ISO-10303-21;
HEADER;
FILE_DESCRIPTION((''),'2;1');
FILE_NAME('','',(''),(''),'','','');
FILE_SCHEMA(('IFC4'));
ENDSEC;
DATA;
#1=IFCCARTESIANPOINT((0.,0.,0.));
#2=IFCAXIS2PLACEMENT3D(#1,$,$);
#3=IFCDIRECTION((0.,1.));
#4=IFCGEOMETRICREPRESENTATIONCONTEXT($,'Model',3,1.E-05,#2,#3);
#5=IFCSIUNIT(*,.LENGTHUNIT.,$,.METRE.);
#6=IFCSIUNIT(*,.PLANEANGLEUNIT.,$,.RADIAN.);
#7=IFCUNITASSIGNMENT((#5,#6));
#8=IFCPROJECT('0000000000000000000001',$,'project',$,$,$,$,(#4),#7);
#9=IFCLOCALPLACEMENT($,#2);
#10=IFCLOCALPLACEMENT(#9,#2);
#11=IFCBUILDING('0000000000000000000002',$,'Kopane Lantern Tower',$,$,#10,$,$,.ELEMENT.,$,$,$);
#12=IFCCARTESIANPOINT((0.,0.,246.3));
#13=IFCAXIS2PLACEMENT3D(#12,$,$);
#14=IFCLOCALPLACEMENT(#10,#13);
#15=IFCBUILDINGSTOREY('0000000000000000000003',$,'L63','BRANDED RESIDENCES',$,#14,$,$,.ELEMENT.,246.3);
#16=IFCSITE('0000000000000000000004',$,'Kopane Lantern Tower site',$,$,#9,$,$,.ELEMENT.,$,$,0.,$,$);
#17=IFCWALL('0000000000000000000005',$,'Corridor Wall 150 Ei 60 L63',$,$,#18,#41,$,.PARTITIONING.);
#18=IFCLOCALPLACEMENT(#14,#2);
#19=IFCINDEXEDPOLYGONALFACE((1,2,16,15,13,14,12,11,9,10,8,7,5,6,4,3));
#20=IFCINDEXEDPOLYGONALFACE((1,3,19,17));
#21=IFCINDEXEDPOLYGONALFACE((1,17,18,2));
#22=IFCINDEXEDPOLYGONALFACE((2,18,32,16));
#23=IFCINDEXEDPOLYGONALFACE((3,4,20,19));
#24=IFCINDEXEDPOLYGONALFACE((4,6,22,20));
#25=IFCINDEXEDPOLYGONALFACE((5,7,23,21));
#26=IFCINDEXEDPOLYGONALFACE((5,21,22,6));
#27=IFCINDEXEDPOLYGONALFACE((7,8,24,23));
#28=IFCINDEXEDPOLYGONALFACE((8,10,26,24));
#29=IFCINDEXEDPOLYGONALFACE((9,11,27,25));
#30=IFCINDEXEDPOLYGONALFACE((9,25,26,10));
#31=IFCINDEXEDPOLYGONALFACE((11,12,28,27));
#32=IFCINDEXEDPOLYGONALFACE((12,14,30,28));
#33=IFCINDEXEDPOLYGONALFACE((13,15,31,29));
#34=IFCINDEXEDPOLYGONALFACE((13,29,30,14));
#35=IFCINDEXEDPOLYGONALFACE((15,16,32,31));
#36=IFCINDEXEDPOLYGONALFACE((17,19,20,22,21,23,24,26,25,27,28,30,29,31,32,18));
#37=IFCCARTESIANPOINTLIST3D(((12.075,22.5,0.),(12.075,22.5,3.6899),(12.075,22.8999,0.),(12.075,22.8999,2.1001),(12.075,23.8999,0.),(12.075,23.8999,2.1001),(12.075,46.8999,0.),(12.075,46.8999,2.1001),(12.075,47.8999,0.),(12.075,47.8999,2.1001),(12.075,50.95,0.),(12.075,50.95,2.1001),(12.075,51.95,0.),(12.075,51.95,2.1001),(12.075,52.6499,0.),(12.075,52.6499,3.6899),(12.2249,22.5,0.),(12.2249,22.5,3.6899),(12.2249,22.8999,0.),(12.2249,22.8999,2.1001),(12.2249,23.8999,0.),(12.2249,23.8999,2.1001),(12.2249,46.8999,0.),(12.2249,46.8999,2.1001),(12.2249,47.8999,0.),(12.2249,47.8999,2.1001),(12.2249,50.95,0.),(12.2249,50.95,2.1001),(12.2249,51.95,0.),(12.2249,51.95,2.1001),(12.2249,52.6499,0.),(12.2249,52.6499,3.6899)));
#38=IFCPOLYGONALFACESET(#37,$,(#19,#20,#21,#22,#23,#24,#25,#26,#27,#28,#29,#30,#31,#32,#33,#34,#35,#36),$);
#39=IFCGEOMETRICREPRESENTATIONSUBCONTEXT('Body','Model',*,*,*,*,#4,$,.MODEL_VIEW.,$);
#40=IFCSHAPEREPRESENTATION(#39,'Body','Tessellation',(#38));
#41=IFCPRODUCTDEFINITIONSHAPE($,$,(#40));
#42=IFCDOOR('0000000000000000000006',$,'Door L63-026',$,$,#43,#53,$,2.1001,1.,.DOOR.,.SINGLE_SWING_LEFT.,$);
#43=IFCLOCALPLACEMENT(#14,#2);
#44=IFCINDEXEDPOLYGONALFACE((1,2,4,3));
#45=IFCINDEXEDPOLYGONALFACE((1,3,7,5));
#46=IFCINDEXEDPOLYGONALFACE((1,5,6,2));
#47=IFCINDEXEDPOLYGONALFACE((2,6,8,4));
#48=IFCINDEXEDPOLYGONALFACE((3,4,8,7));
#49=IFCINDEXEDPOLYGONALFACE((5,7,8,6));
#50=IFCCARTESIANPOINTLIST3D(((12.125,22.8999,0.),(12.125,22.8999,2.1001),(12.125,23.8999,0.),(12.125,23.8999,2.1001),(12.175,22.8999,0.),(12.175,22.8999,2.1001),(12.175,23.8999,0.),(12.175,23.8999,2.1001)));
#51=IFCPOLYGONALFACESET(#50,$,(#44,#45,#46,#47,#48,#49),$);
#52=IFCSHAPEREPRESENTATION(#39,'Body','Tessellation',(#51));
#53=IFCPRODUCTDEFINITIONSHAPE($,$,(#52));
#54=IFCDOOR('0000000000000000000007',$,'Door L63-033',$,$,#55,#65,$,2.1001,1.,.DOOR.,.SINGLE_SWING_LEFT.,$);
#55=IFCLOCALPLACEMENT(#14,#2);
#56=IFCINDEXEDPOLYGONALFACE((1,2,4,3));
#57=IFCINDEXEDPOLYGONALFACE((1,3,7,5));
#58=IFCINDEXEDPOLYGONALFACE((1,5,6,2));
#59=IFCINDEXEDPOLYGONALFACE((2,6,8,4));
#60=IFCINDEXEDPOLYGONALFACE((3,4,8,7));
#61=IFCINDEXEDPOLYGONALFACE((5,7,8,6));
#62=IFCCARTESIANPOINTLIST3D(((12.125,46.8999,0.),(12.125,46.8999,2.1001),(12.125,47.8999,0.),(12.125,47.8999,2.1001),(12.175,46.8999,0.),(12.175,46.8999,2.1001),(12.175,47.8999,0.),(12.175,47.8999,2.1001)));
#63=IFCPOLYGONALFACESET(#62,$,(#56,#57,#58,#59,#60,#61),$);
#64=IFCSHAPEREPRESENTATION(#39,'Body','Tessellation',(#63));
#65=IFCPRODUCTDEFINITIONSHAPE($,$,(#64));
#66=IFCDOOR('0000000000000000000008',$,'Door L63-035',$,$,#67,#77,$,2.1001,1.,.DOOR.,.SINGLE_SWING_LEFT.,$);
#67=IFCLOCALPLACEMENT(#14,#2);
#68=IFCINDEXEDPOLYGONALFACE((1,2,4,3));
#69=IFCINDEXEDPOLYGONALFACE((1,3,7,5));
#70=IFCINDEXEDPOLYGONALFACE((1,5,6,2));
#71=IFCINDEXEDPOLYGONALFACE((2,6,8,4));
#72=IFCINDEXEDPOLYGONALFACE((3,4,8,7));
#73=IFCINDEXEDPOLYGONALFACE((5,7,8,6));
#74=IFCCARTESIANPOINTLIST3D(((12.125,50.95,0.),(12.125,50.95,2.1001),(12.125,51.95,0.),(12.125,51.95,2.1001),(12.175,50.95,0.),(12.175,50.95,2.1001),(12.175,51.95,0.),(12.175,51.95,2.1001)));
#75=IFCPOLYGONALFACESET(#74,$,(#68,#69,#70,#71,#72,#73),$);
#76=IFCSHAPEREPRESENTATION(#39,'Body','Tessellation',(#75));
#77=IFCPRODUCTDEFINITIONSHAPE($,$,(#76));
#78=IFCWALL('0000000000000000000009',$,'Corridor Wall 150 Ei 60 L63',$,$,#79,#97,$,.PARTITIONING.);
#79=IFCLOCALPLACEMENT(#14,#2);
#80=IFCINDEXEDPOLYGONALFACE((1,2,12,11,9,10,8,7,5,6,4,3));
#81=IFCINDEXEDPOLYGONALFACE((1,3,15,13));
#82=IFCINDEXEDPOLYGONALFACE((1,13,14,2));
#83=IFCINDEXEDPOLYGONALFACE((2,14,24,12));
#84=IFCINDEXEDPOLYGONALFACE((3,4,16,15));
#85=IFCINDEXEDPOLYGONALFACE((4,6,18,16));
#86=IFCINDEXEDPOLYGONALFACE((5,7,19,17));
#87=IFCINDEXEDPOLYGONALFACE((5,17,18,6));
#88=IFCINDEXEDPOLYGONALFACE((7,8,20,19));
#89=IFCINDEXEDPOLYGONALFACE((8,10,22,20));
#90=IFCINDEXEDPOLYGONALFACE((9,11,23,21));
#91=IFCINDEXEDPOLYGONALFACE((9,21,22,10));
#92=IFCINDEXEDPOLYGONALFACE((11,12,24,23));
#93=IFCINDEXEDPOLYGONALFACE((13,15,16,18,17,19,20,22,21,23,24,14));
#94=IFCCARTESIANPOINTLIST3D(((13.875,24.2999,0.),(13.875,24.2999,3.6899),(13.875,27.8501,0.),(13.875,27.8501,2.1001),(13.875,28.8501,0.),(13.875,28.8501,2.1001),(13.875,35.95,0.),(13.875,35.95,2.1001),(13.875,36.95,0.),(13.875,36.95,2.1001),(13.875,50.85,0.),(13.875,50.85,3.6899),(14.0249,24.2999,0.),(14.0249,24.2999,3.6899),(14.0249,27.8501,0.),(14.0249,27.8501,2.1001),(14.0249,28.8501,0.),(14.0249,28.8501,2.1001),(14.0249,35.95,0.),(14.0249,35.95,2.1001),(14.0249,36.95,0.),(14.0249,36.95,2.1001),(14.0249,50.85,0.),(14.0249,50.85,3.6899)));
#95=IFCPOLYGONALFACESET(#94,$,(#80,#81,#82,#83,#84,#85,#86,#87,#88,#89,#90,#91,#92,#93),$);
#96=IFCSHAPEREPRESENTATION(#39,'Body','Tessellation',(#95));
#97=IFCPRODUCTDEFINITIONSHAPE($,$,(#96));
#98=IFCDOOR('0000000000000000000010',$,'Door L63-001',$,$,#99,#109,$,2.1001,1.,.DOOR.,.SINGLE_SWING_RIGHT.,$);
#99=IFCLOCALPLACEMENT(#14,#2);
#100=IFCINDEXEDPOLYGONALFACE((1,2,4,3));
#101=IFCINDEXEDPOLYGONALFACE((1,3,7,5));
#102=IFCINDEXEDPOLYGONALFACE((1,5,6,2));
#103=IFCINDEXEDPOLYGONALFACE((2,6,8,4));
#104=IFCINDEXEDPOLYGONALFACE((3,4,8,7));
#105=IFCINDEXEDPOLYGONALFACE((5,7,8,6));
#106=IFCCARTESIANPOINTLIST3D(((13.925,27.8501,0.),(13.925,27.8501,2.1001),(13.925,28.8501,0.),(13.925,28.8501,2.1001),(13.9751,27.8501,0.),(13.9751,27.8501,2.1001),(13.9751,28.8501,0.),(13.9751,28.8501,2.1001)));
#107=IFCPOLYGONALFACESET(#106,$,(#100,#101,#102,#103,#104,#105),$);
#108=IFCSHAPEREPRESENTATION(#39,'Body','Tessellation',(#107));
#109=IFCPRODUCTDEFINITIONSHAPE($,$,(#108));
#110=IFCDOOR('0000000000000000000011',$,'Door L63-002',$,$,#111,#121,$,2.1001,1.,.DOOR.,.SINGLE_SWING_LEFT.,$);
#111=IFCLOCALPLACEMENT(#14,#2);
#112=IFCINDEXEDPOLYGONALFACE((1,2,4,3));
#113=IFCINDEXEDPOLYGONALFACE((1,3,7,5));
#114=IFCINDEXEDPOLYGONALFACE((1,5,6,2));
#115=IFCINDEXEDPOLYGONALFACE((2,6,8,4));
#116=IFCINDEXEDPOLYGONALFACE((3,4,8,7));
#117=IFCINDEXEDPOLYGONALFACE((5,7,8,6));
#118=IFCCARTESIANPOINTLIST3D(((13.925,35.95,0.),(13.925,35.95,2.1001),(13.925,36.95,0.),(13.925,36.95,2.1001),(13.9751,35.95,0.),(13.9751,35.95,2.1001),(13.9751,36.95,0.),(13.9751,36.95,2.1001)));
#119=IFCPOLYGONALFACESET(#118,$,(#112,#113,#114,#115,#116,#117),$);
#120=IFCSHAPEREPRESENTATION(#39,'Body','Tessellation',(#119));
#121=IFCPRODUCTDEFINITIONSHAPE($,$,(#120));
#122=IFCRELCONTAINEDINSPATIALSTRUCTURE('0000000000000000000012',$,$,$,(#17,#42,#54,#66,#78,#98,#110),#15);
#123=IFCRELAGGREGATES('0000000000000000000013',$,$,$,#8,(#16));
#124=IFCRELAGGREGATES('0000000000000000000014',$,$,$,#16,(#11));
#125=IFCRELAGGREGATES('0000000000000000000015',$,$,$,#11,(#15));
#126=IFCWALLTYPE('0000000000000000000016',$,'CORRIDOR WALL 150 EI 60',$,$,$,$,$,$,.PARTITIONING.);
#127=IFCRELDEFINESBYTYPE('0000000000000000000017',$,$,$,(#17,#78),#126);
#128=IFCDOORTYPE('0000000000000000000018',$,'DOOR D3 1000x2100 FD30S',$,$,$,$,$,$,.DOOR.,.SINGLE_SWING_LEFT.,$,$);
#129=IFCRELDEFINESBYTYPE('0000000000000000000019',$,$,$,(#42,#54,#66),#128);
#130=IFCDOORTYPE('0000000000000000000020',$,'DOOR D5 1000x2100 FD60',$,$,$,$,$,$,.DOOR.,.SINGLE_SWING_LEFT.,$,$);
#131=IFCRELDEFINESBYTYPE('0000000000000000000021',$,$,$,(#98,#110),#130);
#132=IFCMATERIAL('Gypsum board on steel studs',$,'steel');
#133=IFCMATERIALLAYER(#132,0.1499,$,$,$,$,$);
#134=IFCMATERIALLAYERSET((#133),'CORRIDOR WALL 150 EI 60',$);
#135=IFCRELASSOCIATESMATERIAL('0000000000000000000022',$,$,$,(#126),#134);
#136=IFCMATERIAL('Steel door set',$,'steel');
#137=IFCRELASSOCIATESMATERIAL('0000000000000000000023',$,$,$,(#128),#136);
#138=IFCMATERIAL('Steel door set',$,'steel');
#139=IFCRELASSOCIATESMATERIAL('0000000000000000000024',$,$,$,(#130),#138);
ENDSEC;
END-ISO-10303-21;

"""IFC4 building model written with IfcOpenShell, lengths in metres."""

from ifc_helpers import new_model, si_unit, direction, frame, frame_2d, origin, place, context, subcontext, project, spatial, rectangle, extrude, material, layer, layer_set, type_object, element, fill, save


model = new_model("IFC4")

# Units and contexts
model_context = context("Model", 3, precision=1e-05, world=origin(), true_north=direction((0.0, 1.0)))
body_context = subcontext(model_context, "Body", "Model", "MODEL_VIEW")
ifc_project = project(units=[si_unit("LENGTHUNIT", "METRE"), si_unit("PLANEANGLEUNIT", "RADIAN")], contexts=[model_context])

# Site, building, storey
site_placement = place(None, origin())
site = spatial("IfcSite", under=ifc_project, at=site_placement, Name="Kopane Lantern Tower site", CompositionType="ELEMENT", RefElevation=0.0)
building_placement = place(site_placement, origin())
building = spatial("IfcBuilding", under=site, at=building_placement, Name="Kopane Lantern Tower", CompositionType="ELEMENT")
storey_placement = place(building_placement, frame((0.0, 0.0, 246.3)))
storey = spatial("IfcBuildingStorey", under=building, at=storey_placement, Name="L63", Description="BRANDED RESIDENCES", CompositionType="ELEMENT", Elevation=246.3)

# Walls, openings, doors
ifc_material_1 = material(Name="Gypsum board on steel studs", Category="steel")
ifc_layer_1 = layer(ifc_material_1, 0.1499)
ifc_layer_set_1 = layer_set([ifc_layer_1], Name="CORRIDOR WALL 150 EI 60")
wall_type_1 = type_object("IfcWallType", Name="CORRIDOR WALL 150 EI 60", PredefinedType="PARTITIONING", material=ifc_layer_set_1)
ifc_material_2 = material(Name="Steel door set", Category="steel")
door_type_1 = type_object("IfcDoorType", Name="DOOR D3 1000x2100 FD30S", OperationType="SINGLE_SWING_LEFT", PredefinedType="DOOR", material=ifc_material_2)
wall_1_placement = place(storey_placement, frame((12.1499, 22.5, 0.0), z_axis=(0.0, 0.0, 1.0), x_axis=(0.0, 1.0, 0.0)))
wall_1 = element("IfcWall", 1, at=wall_1_placement, inside=storey, type_object=wall_type_1, Name="Corridor Wall 150 Ei 60 L63", PredefinedType="PARTITIONING", context=body_context, shape_type="SweptSolid", body=[
    extrude(rectangle(XDim=30.1499, YDim=0.1499, at=frame_2d((15.075, 0.0))), origin(), (0.0, 0.0, 1.0), 3.6899),
])
opening_1_placement = place(wall_1_placement, frame((0.3999, 0.0, 0.0)))
opening_1 = element("IfcOpeningElement", 2, at=opening_1_placement, cuts=wall_1, PredefinedType="OPENING", context=body_context, shape_type="SweptSolid", body=[
    extrude(rectangle(XDim=1.0, YDim=2.1001, at=frame_2d((0.5, 1.05))), frame((0.0, 0.085, 0.0), z_axis=(0.0, -1.0, 0.0), x_axis=(1.0, 0.0, 0.0)), (0.0, 0.0, 1.0), 0.1699),
])
opening_2_placement = place(wall_1_placement, frame((24.3999, 0.0, 0.0)))
opening_2 = element("IfcOpeningElement", 3, at=opening_2_placement, cuts=wall_1, PredefinedType="OPENING", context=body_context, shape_type="SweptSolid", body=[
    extrude(rectangle(XDim=1.0, YDim=2.1001, at=frame_2d((0.5, 1.05))), frame((0.0, 0.085, 0.0), z_axis=(0.0, -1.0, 0.0), x_axis=(1.0, 0.0, 0.0)), (0.0, 0.0, 1.0), 0.1699),
])
opening_3_placement = place(wall_1_placement, frame((28.45, 0.0, 0.0)))
opening_3 = element("IfcOpeningElement", 4, at=opening_3_placement, cuts=wall_1, PredefinedType="OPENING", context=body_context, shape_type="SweptSolid", body=[
    extrude(rectangle(XDim=1.0, YDim=2.1001, at=frame_2d((0.5, 1.05))), frame((0.0, 0.085, 0.0), z_axis=(0.0, -1.0, 0.0), x_axis=(1.0, 0.0, 0.0)), (0.0, 0.0, 1.0), 0.1699),
])
door_1_placement = place(opening_1_placement, origin())
door_1 = element("IfcDoor", 5, at=door_1_placement, inside=storey, type_object=door_type_1, Name="Door L63-026", OperationType="SINGLE_SWING_LEFT", OverallHeight=2.1001, OverallWidth=1.0, PredefinedType="DOOR", context=body_context, shape_type="SweptSolid", body=[
    extrude(rectangle(XDim=1.0, YDim=2.1001, at=frame_2d((0.5, 1.05))), frame((0.0, 0.0249, 0.0), z_axis=(0.0, -1.0, 0.0), x_axis=(1.0, 0.0, 0.0)), (0.0, 0.0, 1.0), 0.05),
])
fill(opening_1, door_1)
door_2_placement = place(opening_2_placement, origin())
door_2 = element("IfcDoor", 6, at=door_2_placement, inside=storey, type_object=door_type_1, Name="Door L63-033", OperationType="SINGLE_SWING_LEFT", OverallHeight=2.1001, OverallWidth=1.0, PredefinedType="DOOR", context=body_context, shape_type="SweptSolid", body=[
    extrude(rectangle(XDim=1.0, YDim=2.1001, at=frame_2d((0.5, 1.05))), frame((0.0, 0.0249, 0.0), z_axis=(0.0, -1.0, 0.0), x_axis=(1.0, 0.0, 0.0)), (0.0, 0.0, 1.0), 0.05),
])
fill(opening_2, door_2)
door_3_placement = place(opening_3_placement, origin())
door_3 = element("IfcDoor", 7, at=door_3_placement, inside=storey, type_object=door_type_1, Name="Door L63-035", OperationType="SINGLE_SWING_LEFT", OverallHeight=2.1001, OverallWidth=1.0, PredefinedType="DOOR", context=body_context, shape_type="SweptSolid", body=[
    extrude(rectangle(XDim=1.0, YDim=2.1001, at=frame_2d((0.5, 1.05))), frame((0.0, 0.0249, 0.0), z_axis=(0.0, -1.0, 0.0), x_axis=(1.0, 0.0, 0.0)), (0.0, 0.0, 1.0), 0.05),
])
fill(opening_3, door_3)
wall_2_placement = place(storey_placement, frame((13.95, 24.3, 0.0), z_axis=(0.0, 0.0, 1.0), x_axis=(0.0, 1.0, 0.0)))
wall_2 = element("IfcWall", 8, at=wall_2_placement, inside=storey, type_object=wall_type_1, Name="Corridor Wall 150 Ei 60 L63", PredefinedType="PARTITIONING", context=body_context, shape_type="SweptSolid", body=[
    extrude(rectangle(XDim=26.55, YDim=0.1499, at=frame_2d((13.2749, 0.0))), origin(), (0.0, 0.0, 1.0), 3.6899),
])
opening_4_placement = place(wall_2_placement, frame((3.55, 0.0, 0.0)))
opening_4 = element("IfcOpeningElement", 9, at=opening_4_placement, cuts=wall_2, PredefinedType="OPENING", context=body_context, shape_type="SweptSolid", body=[
    extrude(rectangle(XDim=1.0, YDim=2.1001, at=frame_2d((0.5, 1.05))), frame((0.0, 0.085, 0.0), z_axis=(0.0, -1.0, 0.0), x_axis=(1.0, 0.0, 0.0)), (0.0, 0.0, 1.0), 0.1699),
])
opening_5_placement = place(wall_2_placement, frame((11.6499, 0.0, 0.0)))
opening_5 = element("IfcOpeningElement", 10, at=opening_5_placement, cuts=wall_2, PredefinedType="OPENING", context=body_context, shape_type="SweptSolid", body=[
    extrude(rectangle(XDim=1.0, YDim=2.1001, at=frame_2d((0.5, 1.05))), frame((0.0, 0.085, 0.0), z_axis=(0.0, -1.0, 0.0), x_axis=(1.0, 0.0, 0.0)), (0.0, 0.0, 1.0), 0.1699),
])
ifc_material_3 = material(Name="Steel door set", Category="steel")
door_type_2 = type_object("IfcDoorType", Name="DOOR D5 1000x2100 FD60", OperationType="SINGLE_SWING_LEFT", PredefinedType="DOOR", material=ifc_material_3)
door_4_placement = place(opening_4_placement, origin())
door_4 = element("IfcDoor", 11, at=door_4_placement, inside=storey, type_object=door_type_2, Name="Door L63-001", OperationType="SINGLE_SWING_RIGHT", OverallHeight=2.1001, OverallWidth=1.0, PredefinedType="DOOR", context=body_context, shape_type="SweptSolid", body=[
    extrude(rectangle(XDim=1.0, YDim=2.1001, at=frame_2d((0.5, 1.05))), frame((0.0, 0.0249, 0.0), z_axis=(0.0, -1.0, 0.0), x_axis=(1.0, 0.0, 0.0)), (0.0, 0.0, 1.0), 0.05),
])
fill(opening_4, door_4)
door_5_placement = place(opening_5_placement, origin())
door_5 = element("IfcDoor", 12, at=door_5_placement, inside=storey, type_object=door_type_2, Name="Door L63-002", OperationType="SINGLE_SWING_LEFT", OverallHeight=2.1001, OverallWidth=1.0, PredefinedType="DOOR", context=body_context, shape_type="SweptSolid", body=[
    extrude(rectangle(XDim=1.0, YDim=2.1001, at=frame_2d((0.5, 1.05))), frame((0.0, 0.0249, 0.0), z_axis=(0.0, -1.0, 0.0), x_axis=(1.0, 0.0, 0.0)), (0.0, 0.0, 1.0), 0.05),
])
fill(opening_5, door_5)

save(model, "model.ifc")
